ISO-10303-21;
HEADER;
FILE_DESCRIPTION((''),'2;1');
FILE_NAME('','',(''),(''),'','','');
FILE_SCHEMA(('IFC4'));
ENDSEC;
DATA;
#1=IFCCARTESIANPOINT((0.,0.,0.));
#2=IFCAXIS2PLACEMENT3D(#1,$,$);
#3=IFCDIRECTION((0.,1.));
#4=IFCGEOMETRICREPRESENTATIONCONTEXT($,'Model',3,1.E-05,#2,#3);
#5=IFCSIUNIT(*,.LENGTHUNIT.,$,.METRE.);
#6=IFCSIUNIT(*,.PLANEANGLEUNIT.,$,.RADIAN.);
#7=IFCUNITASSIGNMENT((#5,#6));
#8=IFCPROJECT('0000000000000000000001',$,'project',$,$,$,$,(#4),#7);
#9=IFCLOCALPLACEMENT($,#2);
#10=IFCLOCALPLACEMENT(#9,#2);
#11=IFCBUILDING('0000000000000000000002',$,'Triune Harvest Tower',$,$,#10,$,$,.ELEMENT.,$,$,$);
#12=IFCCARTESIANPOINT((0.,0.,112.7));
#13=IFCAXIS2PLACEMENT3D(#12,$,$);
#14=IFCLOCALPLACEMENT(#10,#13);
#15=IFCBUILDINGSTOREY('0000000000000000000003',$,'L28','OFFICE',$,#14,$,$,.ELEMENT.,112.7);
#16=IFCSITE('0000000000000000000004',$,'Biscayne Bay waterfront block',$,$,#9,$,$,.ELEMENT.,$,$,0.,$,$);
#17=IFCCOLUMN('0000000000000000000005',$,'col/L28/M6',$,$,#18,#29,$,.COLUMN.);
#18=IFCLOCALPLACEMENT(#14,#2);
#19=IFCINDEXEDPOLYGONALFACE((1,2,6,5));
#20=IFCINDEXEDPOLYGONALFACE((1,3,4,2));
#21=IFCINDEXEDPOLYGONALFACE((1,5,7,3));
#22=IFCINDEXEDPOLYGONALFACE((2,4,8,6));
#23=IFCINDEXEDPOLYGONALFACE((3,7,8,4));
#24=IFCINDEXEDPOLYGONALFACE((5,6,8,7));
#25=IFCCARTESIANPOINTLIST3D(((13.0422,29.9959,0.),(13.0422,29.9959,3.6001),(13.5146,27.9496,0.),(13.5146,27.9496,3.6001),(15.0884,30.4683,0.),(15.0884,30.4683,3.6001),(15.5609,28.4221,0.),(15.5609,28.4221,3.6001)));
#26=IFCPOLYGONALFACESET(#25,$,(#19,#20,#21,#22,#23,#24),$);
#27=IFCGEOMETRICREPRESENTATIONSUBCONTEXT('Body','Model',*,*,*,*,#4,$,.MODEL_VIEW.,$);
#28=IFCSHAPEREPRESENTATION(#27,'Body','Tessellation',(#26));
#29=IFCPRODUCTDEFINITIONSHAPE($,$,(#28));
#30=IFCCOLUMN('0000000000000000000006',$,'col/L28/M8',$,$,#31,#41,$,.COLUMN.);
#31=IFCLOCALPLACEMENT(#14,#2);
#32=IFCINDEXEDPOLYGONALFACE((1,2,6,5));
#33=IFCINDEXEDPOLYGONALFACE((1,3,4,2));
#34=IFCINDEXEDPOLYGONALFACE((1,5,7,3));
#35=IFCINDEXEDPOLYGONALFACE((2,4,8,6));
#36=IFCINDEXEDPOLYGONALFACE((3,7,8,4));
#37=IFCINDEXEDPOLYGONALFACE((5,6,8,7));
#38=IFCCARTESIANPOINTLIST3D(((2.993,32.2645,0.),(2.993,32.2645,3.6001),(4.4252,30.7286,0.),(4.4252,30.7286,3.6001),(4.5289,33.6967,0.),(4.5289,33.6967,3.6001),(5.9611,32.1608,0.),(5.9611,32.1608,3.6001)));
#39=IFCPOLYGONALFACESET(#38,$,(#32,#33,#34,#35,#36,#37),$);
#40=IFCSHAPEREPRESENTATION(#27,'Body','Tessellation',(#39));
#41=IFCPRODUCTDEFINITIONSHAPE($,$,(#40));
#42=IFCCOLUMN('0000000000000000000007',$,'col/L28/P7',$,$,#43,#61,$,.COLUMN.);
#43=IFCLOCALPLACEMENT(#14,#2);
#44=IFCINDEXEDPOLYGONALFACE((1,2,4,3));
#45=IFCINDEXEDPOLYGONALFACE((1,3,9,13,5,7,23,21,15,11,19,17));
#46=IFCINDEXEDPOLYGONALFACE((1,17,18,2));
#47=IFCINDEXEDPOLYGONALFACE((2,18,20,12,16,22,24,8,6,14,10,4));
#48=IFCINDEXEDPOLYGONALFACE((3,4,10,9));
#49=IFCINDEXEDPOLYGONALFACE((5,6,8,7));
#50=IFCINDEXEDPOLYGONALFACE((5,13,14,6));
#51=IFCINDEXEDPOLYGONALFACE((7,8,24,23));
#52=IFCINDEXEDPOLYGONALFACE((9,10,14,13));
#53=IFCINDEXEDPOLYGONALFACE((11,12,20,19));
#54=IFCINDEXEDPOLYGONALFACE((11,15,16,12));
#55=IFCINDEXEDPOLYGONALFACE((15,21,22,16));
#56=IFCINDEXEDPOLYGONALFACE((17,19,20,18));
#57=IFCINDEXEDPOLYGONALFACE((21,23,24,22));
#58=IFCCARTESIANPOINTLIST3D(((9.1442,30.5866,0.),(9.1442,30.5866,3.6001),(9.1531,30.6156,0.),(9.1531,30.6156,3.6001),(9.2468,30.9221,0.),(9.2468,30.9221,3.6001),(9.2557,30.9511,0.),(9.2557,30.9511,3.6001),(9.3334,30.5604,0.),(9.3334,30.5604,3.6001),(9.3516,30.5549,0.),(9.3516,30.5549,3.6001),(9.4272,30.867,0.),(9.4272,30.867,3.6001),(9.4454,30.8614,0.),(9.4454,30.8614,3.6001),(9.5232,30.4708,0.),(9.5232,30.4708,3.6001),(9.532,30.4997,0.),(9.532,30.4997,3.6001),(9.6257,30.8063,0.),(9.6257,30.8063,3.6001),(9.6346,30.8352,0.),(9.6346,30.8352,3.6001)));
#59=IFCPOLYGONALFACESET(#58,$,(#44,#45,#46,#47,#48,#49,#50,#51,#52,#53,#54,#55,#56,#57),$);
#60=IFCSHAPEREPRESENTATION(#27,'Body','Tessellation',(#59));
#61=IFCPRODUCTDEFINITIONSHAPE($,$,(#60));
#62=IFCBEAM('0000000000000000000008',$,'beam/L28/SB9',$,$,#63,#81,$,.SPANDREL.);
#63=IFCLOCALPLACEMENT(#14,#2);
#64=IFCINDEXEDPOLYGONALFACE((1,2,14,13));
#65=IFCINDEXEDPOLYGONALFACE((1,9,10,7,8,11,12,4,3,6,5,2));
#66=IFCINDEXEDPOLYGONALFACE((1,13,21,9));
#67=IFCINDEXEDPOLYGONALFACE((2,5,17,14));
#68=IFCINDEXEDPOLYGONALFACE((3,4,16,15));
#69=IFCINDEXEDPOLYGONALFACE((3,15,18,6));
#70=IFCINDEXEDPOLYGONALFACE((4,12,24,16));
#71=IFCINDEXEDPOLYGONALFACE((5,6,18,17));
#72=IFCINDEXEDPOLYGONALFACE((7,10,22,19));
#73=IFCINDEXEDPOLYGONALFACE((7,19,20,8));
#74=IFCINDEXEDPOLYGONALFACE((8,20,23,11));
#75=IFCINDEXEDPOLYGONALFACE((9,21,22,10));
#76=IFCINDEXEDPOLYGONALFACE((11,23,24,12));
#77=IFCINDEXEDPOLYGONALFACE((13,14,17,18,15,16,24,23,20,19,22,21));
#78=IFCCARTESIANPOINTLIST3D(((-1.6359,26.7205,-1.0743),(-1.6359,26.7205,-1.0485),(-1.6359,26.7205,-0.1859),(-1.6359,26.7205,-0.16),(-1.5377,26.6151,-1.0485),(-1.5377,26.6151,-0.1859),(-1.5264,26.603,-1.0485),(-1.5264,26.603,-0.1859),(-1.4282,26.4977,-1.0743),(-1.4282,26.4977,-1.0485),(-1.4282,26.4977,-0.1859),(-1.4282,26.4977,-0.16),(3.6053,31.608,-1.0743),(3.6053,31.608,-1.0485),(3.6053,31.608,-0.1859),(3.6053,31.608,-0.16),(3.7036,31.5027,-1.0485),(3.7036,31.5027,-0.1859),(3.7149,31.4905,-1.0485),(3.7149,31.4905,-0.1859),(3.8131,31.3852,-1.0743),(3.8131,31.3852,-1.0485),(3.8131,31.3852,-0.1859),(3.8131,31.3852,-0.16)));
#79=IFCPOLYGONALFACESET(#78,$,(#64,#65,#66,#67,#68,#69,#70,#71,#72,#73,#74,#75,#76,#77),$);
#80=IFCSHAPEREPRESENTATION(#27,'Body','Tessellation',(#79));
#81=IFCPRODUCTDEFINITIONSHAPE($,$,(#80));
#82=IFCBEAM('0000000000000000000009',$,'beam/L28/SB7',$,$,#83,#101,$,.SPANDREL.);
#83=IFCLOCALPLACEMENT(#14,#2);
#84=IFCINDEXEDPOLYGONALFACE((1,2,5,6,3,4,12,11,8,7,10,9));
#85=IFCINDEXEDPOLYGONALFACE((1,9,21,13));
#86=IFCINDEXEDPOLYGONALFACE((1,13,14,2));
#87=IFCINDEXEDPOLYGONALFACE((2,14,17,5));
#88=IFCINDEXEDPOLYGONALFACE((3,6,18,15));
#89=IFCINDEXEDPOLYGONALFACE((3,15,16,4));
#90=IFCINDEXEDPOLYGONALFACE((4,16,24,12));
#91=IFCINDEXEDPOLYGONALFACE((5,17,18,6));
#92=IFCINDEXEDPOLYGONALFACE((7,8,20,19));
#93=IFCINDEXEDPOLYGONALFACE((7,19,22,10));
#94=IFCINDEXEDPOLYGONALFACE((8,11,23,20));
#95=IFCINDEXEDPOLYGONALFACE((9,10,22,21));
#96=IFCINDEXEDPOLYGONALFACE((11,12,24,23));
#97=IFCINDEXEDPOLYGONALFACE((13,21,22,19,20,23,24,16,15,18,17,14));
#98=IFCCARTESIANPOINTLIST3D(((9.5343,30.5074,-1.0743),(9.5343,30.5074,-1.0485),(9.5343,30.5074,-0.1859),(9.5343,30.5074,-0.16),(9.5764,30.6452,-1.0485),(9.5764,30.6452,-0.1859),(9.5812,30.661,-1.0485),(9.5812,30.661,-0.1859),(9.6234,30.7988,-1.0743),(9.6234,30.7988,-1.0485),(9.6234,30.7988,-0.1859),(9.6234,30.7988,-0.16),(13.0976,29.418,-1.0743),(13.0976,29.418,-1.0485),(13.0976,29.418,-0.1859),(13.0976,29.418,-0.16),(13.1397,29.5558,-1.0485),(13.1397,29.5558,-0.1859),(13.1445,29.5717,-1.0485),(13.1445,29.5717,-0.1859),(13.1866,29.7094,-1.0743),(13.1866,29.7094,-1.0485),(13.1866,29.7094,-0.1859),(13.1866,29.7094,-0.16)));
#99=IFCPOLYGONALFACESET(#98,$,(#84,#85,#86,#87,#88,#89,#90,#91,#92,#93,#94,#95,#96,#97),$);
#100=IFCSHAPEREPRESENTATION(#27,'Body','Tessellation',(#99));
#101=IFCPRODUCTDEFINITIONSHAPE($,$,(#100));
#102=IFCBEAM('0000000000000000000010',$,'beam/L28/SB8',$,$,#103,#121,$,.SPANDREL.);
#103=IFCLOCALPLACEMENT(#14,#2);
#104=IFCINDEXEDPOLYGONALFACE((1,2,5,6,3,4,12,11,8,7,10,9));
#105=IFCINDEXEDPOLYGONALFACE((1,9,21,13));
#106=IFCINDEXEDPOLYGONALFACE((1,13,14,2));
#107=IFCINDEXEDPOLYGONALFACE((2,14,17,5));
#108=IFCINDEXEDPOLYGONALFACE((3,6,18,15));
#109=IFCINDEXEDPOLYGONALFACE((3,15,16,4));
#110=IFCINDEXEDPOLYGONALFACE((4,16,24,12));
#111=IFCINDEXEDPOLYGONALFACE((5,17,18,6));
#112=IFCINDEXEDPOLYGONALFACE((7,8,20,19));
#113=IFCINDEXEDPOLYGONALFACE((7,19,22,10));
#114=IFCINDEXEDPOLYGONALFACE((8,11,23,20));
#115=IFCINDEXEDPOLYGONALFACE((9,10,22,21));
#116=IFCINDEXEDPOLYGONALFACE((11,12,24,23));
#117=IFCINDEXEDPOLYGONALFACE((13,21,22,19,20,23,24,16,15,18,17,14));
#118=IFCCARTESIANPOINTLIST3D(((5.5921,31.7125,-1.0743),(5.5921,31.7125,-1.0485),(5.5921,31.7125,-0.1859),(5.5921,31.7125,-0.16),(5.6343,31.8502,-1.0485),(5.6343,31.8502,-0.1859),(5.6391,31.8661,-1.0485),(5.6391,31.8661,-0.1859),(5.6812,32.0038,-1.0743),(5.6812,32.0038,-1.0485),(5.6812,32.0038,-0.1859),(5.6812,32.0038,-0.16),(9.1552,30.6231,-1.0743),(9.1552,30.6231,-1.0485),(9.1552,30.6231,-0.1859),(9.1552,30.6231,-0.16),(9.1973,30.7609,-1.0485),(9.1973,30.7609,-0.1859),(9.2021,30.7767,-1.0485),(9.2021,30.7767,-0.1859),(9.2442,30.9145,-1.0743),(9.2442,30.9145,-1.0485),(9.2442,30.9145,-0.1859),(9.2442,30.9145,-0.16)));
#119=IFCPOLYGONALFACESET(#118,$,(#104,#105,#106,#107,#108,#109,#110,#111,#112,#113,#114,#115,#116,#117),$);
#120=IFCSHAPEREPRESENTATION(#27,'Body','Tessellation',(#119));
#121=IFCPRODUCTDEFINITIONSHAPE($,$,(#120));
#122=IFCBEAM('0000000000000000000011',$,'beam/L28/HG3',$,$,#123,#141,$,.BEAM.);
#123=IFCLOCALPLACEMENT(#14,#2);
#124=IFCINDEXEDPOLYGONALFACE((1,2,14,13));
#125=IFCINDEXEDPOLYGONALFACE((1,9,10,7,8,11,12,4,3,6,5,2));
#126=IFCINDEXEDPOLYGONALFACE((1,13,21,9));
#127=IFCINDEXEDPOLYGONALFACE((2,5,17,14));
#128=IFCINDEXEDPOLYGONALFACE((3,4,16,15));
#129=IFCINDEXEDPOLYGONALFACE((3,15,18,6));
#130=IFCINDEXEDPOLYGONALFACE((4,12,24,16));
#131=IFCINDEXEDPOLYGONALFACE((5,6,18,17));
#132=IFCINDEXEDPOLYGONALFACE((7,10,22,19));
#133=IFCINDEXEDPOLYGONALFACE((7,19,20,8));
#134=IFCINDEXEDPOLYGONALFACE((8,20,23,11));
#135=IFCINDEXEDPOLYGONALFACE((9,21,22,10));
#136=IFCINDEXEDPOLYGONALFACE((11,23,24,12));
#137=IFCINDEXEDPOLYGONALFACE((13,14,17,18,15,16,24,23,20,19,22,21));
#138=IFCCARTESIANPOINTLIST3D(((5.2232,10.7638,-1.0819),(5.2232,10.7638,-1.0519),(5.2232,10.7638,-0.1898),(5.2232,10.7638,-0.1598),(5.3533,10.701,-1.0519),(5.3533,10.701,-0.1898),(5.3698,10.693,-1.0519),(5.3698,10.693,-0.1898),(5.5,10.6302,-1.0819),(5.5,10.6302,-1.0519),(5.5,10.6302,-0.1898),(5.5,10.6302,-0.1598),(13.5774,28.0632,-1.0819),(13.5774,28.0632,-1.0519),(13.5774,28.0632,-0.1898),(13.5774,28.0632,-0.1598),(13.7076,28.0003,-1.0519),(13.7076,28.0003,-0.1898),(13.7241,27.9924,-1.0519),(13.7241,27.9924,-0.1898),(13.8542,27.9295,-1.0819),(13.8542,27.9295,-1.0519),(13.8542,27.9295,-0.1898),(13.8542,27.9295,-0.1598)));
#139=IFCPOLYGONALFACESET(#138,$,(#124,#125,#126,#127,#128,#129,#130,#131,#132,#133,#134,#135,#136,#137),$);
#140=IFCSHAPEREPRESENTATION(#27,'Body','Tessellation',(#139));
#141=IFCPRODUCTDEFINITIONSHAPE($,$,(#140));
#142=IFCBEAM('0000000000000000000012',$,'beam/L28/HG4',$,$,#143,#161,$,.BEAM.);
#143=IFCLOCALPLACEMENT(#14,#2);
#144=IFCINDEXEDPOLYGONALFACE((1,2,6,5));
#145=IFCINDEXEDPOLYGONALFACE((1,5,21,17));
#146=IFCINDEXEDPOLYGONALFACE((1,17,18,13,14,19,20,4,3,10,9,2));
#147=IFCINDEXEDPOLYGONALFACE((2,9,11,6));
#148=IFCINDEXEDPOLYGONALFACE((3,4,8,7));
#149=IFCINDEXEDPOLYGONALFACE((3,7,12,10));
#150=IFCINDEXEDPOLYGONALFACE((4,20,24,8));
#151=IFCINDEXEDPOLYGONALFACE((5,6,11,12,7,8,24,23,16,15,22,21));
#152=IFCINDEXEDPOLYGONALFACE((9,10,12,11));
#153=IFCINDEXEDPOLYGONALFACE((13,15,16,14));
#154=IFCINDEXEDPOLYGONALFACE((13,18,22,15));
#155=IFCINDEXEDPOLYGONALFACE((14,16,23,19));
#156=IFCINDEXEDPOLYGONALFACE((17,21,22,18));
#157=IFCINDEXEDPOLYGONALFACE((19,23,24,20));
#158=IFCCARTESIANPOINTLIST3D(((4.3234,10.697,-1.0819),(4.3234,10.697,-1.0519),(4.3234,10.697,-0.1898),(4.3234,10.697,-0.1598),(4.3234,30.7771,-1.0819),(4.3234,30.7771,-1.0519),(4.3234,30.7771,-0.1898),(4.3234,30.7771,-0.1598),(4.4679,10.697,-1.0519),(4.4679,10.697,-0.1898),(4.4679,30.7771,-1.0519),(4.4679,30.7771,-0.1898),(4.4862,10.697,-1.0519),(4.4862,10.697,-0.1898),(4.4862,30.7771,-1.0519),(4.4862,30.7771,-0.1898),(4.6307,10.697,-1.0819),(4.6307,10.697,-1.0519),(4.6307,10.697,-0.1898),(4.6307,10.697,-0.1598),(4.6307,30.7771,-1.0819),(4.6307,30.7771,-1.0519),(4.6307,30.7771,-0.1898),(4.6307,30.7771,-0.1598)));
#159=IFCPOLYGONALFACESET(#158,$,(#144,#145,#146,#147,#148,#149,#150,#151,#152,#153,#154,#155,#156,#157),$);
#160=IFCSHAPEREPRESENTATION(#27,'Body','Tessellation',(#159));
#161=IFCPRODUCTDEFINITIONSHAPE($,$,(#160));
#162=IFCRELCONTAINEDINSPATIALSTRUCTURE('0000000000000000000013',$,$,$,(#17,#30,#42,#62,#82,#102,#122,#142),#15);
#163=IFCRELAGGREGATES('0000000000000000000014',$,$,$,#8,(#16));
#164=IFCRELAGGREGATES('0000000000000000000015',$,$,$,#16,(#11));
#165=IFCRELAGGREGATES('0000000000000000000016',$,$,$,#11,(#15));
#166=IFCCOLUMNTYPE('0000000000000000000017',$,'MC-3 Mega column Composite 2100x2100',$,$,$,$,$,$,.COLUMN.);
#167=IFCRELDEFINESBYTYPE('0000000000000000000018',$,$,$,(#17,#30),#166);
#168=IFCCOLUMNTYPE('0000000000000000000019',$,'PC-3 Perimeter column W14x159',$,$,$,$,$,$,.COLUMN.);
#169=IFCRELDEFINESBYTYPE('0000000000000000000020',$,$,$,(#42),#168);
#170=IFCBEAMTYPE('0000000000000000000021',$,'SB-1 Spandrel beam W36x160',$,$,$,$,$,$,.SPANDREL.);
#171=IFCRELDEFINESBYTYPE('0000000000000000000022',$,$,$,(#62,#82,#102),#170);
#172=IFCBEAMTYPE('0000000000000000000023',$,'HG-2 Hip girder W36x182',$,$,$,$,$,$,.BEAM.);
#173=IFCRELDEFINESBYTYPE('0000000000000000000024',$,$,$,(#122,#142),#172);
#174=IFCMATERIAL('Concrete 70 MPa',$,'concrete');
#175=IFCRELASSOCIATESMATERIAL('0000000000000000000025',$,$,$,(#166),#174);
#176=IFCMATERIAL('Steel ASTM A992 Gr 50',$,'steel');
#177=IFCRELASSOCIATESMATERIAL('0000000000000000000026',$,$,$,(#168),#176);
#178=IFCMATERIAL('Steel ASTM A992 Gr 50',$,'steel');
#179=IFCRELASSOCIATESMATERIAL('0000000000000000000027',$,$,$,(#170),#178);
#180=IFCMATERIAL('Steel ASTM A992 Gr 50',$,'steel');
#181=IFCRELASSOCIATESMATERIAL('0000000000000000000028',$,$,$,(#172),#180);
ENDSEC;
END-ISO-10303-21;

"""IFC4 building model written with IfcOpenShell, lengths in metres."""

from ifc_helpers import new_model, si_unit, direction, frame, origin, origin_2d, place, context, subcontext, project, spatial, rectangle, i_section, extrude, source, transform, mapped, material, material_profile, profile_set, type_object, element, save


model = new_model("IFC4")

# Units and contexts
model_context = context("Model", 3, precision=1e-05, world=origin(), true_north=direction((0.0, 1.0)))
body_context = subcontext(model_context, "Body", "Model", "MODEL_VIEW")
ifc_project = project(units=[si_unit("LENGTHUNIT", "METRE"), si_unit("PLANEANGLEUNIT", "RADIAN")], contexts=[model_context])

# Site, building, storey
site_placement = place(None, origin())
site = spatial("IfcSite", under=ifc_project, at=site_placement, Name="Biscayne Bay waterfront block", CompositionType="ELEMENT", RefElevation=0.0)
building_placement = place(site_placement, origin())
building = spatial("IfcBuilding", under=site, at=building_placement, Name="Triune Harvest Tower", CompositionType="ELEMENT")
storey_placement = place(building_placement, frame((0.0, 0.0, 112.7)))
storey = spatial("IfcBuildingStorey", under=building, at=storey_placement, Name="L28", Description="OFFICE", CompositionType="ELEMENT", Elevation=112.7)

# Columns
ifc_material_1 = material(Name="Concrete 70 MPa", Category="concrete")
ifc_material_profile_1 = material_profile(ifc_material_1, rectangle(XDim=2.1001, YDim=2.1001, at=origin_2d()), Name="Composite 2100x2100")
ifc_profile_set_1 = profile_set([ifc_material_profile_1], Name="Concrete 70 MPa")
column_type_1 = type_object("IfcColumnType", Name="MC-3 Mega column Composite 2100x2100", PredefinedType="COLUMN", material=ifc_profile_set_1)
shared_shape_1 = source(origin(), body_context, "Body", "SweptSolid", [
    extrude(rectangle(XDim=2.1001, YDim=2.1001, at=origin_2d()), origin(), (0.0, 0.0, 1.0), 3.6001),
])
for number, where, z_axis, x_axis, name in (
    (1, (14.3015, 29.209, 0.0), (0.0, 0.0, 1.0), (-0.224953, 0.97437, 0.0), "col/L28/M6"),
    (2, (4.4771, 32.2126, 0.0), (0.0, 0.0, 1.0), (-0.731355, -0.681997, 0.0), "col/L28/M8"),
):
    element("IfcColumn", number, at=place(storey_placement, frame(where, z_axis=z_axis, x_axis=x_axis)), inside=storey, type_object=column_type_1, Name=name, PredefinedType="COLUMN", context=body_context, shape_type="MappedRepresentation", body=[
        mapped(shared_shape_1, transform((0.0, 0.0, 0.0), scale=1.0)),
    ])
ifc_material_2 = material(Name="Steel ASTM A992 Gr 50", Category="steel")
ifc_material_profile_2 = material_profile(ifc_material_2, i_section(OverallWidth=0.3962, OverallDepth=0.3811, WebThickness=0.019, FlangeThickness=0.0303, at=origin_2d()), Name="W14x159")
ifc_profile_set_2 = profile_set([ifc_material_profile_2], Name="Steel ASTM A992 Gr 50")
column_type_2 = type_object("IfcColumnType", Name="PC-3 Perimeter column W14x159", PredefinedType="COLUMN", material=ifc_profile_set_2)
shared_shape_2 = source(origin(), body_context, "Body", "SweptSolid", [
    extrude(i_section(OverallWidth=0.3962, OverallDepth=0.3811, WebThickness=0.019, FlangeThickness=0.0303, at=origin_2d()), origin(), (0.0, 0.0, 1.0), 3.6001),
])
column_placement = place(storey_placement, frame((9.3894, 30.7109, 0.0), z_axis=(0.0, 0.0, 1.0), x_axis=(-0.956305, 0.292372, 0.0)))
element("IfcColumn", 3, at=column_placement, inside=storey, type_object=column_type_2, Name="col/L28/P7", PredefinedType="COLUMN", context=body_context, shape_type="MappedRepresentation", body=[
    mapped(shared_shape_2, transform((0.0, 0.0, 0.0), scale=1.0)),
])

# Beams
ifc_material_3 = material(Name="Steel ASTM A992 Gr 50", Category="steel")
ifc_material_profile_3 = material_profile(ifc_material_3, i_section(OverallWidth=0.3047, OverallDepth=0.9143, WebThickness=0.0166, FlangeThickness=0.0259, at=origin_2d()), Name="W36x160")
ifc_profile_set_3 = profile_set([ifc_material_profile_3], Name="Steel ASTM A992 Gr 50")
beam_type_1 = type_object("IfcBeamType", Name="SB-1 Spandrel beam W36x160", PredefinedType="SPANDREL", material=ifc_profile_set_3)
shared_shape_3 = source(origin(), body_context, "Body", "SweptSolid", [
    extrude(i_section(OverallWidth=0.3047, OverallDepth=0.9143, WebThickness=0.0166, FlangeThickness=0.0259, at=origin_2d()), origin(), (0.0, 0.0, 1.0), 7.1665),
])
beam_1_placement = place(storey_placement, frame((3.7092, 31.4966, -0.6172), z_axis=(-0.731358, -0.681994, 0.0), x_axis=(0.681994, -0.731358, 0.0)))
element("IfcBeam", 4, at=beam_1_placement, inside=storey, type_object=beam_type_1, Name="beam/L28/SB9", PredefinedType="SPANDREL", context=body_context, shape_type="MappedRepresentation", body=[
    mapped(shared_shape_3, transform((0.0, 0.0, 0.0), scale=1.0)),
])
shared_shape_4 = source(origin(), body_context, "Body", "SweptSolid", [
    extrude(i_section(OverallWidth=0.3047, OverallDepth=0.9143, WebThickness=0.0166, FlangeThickness=0.0259, at=origin_2d()), origin(), (0.0, 0.0, 1.0), 3.7261),
])
beam_2_placement = place(storey_placement, frame((13.1421, 29.5637, -0.6172), z_axis=(-0.956307, 0.292363, 0.0), x_axis=(-0.292363, -0.956307, 0.0)))
element("IfcBeam", 5, at=beam_2_placement, inside=storey, type_object=beam_type_1, Name="beam/L28/SB7", PredefinedType="SPANDREL", context=body_context, shape_type="MappedRepresentation", body=[
    mapped(shared_shape_4, transform((0.0, 0.0, 0.0), scale=1.0)),
])
shared_shape_5 = source(origin(), body_context, "Body", "SweptSolid", [
    extrude(i_section(OverallWidth=0.3047, OverallDepth=0.9143, WebThickness=0.0166, FlangeThickness=0.0259, at=origin_2d()), origin(), (0.0, 0.0, 1.0), 3.7258),
])
beam_3_placement = place(storey_placement, frame((9.1997, 30.7688, -0.6172), z_axis=(-0.956302, 0.292382, 0.0), x_axis=(-0.292382, -0.956302, 0.0)))
element("IfcBeam", 6, at=beam_3_placement, inside=storey, type_object=beam_type_1, Name="beam/L28/SB8", PredefinedType="SPANDREL", context=body_context, shape_type="MappedRepresentation", body=[
    mapped(shared_shape_5, transform((0.0, 0.0, 0.0), scale=1.0)),
])
ifc_material_4 = material(Name="Steel ASTM A992 Gr 50", Category="steel")
ifc_material_profile_4 = material_profile(ifc_material_4, i_section(OverallWidth=0.3074, OverallDepth=0.9221, WebThickness=0.0183, FlangeThickness=0.03, at=origin_2d()), Name="W36x182")
ifc_profile_set_4 = profile_set([ifc_material_profile_4], Name="Steel ASTM A992 Gr 50")
beam_type_2 = type_object("IfcBeamType", Name="HG-2 Hip girder W36x182", PredefinedType="BEAM", material=ifc_profile_set_4)
shared_shape_6 = source(origin(), body_context, "Body", "SweptSolid", [
    extrude(i_section(OverallWidth=0.3074, OverallDepth=0.9221, WebThickness=0.0183, FlangeThickness=0.03, at=origin_2d()), origin(), (0.0, 0.0, 1.0), 19.2109),
])
beam_4_placement = place(storey_placement, frame((13.7158, 27.9963, -0.6208), z_axis=(-0.43487, -0.900493, 0.0), x_axis=(0.900493, -0.43487, 0.0)))
element("IfcBeam", 7, at=beam_4_placement, inside=storey, type_object=beam_type_2, Name="beam/L28/HG3", PredefinedType="BEAM", context=body_context, shape_type="MappedRepresentation", body=[
    mapped(shared_shape_6, transform((0.0, 0.0, 0.0), scale=1.0)),
])
shared_shape_7 = source(origin(), body_context, "Body", "SweptSolid", [
    extrude(i_section(OverallWidth=0.3074, OverallDepth=0.9221, WebThickness=0.0183, FlangeThickness=0.03, at=origin_2d()), origin(), (0.0, 0.0, 1.0), 20.0801),
])
beam_5_placement = place(storey_placement, frame((4.4771, 30.7771, -0.6208), z_axis=(0.0, -1.0, 0.0), x_axis=(1.0, 0.0, 0.0)))
element("IfcBeam", 8, at=beam_5_placement, inside=storey, type_object=beam_type_2, Name="beam/L28/HG4", PredefinedType="BEAM", context=body_context, shape_type="MappedRepresentation", body=[
    mapped(shared_shape_7, transform((0.0, 0.0, 0.0), scale=1.0)),
])

save(model, "model.ifc")
